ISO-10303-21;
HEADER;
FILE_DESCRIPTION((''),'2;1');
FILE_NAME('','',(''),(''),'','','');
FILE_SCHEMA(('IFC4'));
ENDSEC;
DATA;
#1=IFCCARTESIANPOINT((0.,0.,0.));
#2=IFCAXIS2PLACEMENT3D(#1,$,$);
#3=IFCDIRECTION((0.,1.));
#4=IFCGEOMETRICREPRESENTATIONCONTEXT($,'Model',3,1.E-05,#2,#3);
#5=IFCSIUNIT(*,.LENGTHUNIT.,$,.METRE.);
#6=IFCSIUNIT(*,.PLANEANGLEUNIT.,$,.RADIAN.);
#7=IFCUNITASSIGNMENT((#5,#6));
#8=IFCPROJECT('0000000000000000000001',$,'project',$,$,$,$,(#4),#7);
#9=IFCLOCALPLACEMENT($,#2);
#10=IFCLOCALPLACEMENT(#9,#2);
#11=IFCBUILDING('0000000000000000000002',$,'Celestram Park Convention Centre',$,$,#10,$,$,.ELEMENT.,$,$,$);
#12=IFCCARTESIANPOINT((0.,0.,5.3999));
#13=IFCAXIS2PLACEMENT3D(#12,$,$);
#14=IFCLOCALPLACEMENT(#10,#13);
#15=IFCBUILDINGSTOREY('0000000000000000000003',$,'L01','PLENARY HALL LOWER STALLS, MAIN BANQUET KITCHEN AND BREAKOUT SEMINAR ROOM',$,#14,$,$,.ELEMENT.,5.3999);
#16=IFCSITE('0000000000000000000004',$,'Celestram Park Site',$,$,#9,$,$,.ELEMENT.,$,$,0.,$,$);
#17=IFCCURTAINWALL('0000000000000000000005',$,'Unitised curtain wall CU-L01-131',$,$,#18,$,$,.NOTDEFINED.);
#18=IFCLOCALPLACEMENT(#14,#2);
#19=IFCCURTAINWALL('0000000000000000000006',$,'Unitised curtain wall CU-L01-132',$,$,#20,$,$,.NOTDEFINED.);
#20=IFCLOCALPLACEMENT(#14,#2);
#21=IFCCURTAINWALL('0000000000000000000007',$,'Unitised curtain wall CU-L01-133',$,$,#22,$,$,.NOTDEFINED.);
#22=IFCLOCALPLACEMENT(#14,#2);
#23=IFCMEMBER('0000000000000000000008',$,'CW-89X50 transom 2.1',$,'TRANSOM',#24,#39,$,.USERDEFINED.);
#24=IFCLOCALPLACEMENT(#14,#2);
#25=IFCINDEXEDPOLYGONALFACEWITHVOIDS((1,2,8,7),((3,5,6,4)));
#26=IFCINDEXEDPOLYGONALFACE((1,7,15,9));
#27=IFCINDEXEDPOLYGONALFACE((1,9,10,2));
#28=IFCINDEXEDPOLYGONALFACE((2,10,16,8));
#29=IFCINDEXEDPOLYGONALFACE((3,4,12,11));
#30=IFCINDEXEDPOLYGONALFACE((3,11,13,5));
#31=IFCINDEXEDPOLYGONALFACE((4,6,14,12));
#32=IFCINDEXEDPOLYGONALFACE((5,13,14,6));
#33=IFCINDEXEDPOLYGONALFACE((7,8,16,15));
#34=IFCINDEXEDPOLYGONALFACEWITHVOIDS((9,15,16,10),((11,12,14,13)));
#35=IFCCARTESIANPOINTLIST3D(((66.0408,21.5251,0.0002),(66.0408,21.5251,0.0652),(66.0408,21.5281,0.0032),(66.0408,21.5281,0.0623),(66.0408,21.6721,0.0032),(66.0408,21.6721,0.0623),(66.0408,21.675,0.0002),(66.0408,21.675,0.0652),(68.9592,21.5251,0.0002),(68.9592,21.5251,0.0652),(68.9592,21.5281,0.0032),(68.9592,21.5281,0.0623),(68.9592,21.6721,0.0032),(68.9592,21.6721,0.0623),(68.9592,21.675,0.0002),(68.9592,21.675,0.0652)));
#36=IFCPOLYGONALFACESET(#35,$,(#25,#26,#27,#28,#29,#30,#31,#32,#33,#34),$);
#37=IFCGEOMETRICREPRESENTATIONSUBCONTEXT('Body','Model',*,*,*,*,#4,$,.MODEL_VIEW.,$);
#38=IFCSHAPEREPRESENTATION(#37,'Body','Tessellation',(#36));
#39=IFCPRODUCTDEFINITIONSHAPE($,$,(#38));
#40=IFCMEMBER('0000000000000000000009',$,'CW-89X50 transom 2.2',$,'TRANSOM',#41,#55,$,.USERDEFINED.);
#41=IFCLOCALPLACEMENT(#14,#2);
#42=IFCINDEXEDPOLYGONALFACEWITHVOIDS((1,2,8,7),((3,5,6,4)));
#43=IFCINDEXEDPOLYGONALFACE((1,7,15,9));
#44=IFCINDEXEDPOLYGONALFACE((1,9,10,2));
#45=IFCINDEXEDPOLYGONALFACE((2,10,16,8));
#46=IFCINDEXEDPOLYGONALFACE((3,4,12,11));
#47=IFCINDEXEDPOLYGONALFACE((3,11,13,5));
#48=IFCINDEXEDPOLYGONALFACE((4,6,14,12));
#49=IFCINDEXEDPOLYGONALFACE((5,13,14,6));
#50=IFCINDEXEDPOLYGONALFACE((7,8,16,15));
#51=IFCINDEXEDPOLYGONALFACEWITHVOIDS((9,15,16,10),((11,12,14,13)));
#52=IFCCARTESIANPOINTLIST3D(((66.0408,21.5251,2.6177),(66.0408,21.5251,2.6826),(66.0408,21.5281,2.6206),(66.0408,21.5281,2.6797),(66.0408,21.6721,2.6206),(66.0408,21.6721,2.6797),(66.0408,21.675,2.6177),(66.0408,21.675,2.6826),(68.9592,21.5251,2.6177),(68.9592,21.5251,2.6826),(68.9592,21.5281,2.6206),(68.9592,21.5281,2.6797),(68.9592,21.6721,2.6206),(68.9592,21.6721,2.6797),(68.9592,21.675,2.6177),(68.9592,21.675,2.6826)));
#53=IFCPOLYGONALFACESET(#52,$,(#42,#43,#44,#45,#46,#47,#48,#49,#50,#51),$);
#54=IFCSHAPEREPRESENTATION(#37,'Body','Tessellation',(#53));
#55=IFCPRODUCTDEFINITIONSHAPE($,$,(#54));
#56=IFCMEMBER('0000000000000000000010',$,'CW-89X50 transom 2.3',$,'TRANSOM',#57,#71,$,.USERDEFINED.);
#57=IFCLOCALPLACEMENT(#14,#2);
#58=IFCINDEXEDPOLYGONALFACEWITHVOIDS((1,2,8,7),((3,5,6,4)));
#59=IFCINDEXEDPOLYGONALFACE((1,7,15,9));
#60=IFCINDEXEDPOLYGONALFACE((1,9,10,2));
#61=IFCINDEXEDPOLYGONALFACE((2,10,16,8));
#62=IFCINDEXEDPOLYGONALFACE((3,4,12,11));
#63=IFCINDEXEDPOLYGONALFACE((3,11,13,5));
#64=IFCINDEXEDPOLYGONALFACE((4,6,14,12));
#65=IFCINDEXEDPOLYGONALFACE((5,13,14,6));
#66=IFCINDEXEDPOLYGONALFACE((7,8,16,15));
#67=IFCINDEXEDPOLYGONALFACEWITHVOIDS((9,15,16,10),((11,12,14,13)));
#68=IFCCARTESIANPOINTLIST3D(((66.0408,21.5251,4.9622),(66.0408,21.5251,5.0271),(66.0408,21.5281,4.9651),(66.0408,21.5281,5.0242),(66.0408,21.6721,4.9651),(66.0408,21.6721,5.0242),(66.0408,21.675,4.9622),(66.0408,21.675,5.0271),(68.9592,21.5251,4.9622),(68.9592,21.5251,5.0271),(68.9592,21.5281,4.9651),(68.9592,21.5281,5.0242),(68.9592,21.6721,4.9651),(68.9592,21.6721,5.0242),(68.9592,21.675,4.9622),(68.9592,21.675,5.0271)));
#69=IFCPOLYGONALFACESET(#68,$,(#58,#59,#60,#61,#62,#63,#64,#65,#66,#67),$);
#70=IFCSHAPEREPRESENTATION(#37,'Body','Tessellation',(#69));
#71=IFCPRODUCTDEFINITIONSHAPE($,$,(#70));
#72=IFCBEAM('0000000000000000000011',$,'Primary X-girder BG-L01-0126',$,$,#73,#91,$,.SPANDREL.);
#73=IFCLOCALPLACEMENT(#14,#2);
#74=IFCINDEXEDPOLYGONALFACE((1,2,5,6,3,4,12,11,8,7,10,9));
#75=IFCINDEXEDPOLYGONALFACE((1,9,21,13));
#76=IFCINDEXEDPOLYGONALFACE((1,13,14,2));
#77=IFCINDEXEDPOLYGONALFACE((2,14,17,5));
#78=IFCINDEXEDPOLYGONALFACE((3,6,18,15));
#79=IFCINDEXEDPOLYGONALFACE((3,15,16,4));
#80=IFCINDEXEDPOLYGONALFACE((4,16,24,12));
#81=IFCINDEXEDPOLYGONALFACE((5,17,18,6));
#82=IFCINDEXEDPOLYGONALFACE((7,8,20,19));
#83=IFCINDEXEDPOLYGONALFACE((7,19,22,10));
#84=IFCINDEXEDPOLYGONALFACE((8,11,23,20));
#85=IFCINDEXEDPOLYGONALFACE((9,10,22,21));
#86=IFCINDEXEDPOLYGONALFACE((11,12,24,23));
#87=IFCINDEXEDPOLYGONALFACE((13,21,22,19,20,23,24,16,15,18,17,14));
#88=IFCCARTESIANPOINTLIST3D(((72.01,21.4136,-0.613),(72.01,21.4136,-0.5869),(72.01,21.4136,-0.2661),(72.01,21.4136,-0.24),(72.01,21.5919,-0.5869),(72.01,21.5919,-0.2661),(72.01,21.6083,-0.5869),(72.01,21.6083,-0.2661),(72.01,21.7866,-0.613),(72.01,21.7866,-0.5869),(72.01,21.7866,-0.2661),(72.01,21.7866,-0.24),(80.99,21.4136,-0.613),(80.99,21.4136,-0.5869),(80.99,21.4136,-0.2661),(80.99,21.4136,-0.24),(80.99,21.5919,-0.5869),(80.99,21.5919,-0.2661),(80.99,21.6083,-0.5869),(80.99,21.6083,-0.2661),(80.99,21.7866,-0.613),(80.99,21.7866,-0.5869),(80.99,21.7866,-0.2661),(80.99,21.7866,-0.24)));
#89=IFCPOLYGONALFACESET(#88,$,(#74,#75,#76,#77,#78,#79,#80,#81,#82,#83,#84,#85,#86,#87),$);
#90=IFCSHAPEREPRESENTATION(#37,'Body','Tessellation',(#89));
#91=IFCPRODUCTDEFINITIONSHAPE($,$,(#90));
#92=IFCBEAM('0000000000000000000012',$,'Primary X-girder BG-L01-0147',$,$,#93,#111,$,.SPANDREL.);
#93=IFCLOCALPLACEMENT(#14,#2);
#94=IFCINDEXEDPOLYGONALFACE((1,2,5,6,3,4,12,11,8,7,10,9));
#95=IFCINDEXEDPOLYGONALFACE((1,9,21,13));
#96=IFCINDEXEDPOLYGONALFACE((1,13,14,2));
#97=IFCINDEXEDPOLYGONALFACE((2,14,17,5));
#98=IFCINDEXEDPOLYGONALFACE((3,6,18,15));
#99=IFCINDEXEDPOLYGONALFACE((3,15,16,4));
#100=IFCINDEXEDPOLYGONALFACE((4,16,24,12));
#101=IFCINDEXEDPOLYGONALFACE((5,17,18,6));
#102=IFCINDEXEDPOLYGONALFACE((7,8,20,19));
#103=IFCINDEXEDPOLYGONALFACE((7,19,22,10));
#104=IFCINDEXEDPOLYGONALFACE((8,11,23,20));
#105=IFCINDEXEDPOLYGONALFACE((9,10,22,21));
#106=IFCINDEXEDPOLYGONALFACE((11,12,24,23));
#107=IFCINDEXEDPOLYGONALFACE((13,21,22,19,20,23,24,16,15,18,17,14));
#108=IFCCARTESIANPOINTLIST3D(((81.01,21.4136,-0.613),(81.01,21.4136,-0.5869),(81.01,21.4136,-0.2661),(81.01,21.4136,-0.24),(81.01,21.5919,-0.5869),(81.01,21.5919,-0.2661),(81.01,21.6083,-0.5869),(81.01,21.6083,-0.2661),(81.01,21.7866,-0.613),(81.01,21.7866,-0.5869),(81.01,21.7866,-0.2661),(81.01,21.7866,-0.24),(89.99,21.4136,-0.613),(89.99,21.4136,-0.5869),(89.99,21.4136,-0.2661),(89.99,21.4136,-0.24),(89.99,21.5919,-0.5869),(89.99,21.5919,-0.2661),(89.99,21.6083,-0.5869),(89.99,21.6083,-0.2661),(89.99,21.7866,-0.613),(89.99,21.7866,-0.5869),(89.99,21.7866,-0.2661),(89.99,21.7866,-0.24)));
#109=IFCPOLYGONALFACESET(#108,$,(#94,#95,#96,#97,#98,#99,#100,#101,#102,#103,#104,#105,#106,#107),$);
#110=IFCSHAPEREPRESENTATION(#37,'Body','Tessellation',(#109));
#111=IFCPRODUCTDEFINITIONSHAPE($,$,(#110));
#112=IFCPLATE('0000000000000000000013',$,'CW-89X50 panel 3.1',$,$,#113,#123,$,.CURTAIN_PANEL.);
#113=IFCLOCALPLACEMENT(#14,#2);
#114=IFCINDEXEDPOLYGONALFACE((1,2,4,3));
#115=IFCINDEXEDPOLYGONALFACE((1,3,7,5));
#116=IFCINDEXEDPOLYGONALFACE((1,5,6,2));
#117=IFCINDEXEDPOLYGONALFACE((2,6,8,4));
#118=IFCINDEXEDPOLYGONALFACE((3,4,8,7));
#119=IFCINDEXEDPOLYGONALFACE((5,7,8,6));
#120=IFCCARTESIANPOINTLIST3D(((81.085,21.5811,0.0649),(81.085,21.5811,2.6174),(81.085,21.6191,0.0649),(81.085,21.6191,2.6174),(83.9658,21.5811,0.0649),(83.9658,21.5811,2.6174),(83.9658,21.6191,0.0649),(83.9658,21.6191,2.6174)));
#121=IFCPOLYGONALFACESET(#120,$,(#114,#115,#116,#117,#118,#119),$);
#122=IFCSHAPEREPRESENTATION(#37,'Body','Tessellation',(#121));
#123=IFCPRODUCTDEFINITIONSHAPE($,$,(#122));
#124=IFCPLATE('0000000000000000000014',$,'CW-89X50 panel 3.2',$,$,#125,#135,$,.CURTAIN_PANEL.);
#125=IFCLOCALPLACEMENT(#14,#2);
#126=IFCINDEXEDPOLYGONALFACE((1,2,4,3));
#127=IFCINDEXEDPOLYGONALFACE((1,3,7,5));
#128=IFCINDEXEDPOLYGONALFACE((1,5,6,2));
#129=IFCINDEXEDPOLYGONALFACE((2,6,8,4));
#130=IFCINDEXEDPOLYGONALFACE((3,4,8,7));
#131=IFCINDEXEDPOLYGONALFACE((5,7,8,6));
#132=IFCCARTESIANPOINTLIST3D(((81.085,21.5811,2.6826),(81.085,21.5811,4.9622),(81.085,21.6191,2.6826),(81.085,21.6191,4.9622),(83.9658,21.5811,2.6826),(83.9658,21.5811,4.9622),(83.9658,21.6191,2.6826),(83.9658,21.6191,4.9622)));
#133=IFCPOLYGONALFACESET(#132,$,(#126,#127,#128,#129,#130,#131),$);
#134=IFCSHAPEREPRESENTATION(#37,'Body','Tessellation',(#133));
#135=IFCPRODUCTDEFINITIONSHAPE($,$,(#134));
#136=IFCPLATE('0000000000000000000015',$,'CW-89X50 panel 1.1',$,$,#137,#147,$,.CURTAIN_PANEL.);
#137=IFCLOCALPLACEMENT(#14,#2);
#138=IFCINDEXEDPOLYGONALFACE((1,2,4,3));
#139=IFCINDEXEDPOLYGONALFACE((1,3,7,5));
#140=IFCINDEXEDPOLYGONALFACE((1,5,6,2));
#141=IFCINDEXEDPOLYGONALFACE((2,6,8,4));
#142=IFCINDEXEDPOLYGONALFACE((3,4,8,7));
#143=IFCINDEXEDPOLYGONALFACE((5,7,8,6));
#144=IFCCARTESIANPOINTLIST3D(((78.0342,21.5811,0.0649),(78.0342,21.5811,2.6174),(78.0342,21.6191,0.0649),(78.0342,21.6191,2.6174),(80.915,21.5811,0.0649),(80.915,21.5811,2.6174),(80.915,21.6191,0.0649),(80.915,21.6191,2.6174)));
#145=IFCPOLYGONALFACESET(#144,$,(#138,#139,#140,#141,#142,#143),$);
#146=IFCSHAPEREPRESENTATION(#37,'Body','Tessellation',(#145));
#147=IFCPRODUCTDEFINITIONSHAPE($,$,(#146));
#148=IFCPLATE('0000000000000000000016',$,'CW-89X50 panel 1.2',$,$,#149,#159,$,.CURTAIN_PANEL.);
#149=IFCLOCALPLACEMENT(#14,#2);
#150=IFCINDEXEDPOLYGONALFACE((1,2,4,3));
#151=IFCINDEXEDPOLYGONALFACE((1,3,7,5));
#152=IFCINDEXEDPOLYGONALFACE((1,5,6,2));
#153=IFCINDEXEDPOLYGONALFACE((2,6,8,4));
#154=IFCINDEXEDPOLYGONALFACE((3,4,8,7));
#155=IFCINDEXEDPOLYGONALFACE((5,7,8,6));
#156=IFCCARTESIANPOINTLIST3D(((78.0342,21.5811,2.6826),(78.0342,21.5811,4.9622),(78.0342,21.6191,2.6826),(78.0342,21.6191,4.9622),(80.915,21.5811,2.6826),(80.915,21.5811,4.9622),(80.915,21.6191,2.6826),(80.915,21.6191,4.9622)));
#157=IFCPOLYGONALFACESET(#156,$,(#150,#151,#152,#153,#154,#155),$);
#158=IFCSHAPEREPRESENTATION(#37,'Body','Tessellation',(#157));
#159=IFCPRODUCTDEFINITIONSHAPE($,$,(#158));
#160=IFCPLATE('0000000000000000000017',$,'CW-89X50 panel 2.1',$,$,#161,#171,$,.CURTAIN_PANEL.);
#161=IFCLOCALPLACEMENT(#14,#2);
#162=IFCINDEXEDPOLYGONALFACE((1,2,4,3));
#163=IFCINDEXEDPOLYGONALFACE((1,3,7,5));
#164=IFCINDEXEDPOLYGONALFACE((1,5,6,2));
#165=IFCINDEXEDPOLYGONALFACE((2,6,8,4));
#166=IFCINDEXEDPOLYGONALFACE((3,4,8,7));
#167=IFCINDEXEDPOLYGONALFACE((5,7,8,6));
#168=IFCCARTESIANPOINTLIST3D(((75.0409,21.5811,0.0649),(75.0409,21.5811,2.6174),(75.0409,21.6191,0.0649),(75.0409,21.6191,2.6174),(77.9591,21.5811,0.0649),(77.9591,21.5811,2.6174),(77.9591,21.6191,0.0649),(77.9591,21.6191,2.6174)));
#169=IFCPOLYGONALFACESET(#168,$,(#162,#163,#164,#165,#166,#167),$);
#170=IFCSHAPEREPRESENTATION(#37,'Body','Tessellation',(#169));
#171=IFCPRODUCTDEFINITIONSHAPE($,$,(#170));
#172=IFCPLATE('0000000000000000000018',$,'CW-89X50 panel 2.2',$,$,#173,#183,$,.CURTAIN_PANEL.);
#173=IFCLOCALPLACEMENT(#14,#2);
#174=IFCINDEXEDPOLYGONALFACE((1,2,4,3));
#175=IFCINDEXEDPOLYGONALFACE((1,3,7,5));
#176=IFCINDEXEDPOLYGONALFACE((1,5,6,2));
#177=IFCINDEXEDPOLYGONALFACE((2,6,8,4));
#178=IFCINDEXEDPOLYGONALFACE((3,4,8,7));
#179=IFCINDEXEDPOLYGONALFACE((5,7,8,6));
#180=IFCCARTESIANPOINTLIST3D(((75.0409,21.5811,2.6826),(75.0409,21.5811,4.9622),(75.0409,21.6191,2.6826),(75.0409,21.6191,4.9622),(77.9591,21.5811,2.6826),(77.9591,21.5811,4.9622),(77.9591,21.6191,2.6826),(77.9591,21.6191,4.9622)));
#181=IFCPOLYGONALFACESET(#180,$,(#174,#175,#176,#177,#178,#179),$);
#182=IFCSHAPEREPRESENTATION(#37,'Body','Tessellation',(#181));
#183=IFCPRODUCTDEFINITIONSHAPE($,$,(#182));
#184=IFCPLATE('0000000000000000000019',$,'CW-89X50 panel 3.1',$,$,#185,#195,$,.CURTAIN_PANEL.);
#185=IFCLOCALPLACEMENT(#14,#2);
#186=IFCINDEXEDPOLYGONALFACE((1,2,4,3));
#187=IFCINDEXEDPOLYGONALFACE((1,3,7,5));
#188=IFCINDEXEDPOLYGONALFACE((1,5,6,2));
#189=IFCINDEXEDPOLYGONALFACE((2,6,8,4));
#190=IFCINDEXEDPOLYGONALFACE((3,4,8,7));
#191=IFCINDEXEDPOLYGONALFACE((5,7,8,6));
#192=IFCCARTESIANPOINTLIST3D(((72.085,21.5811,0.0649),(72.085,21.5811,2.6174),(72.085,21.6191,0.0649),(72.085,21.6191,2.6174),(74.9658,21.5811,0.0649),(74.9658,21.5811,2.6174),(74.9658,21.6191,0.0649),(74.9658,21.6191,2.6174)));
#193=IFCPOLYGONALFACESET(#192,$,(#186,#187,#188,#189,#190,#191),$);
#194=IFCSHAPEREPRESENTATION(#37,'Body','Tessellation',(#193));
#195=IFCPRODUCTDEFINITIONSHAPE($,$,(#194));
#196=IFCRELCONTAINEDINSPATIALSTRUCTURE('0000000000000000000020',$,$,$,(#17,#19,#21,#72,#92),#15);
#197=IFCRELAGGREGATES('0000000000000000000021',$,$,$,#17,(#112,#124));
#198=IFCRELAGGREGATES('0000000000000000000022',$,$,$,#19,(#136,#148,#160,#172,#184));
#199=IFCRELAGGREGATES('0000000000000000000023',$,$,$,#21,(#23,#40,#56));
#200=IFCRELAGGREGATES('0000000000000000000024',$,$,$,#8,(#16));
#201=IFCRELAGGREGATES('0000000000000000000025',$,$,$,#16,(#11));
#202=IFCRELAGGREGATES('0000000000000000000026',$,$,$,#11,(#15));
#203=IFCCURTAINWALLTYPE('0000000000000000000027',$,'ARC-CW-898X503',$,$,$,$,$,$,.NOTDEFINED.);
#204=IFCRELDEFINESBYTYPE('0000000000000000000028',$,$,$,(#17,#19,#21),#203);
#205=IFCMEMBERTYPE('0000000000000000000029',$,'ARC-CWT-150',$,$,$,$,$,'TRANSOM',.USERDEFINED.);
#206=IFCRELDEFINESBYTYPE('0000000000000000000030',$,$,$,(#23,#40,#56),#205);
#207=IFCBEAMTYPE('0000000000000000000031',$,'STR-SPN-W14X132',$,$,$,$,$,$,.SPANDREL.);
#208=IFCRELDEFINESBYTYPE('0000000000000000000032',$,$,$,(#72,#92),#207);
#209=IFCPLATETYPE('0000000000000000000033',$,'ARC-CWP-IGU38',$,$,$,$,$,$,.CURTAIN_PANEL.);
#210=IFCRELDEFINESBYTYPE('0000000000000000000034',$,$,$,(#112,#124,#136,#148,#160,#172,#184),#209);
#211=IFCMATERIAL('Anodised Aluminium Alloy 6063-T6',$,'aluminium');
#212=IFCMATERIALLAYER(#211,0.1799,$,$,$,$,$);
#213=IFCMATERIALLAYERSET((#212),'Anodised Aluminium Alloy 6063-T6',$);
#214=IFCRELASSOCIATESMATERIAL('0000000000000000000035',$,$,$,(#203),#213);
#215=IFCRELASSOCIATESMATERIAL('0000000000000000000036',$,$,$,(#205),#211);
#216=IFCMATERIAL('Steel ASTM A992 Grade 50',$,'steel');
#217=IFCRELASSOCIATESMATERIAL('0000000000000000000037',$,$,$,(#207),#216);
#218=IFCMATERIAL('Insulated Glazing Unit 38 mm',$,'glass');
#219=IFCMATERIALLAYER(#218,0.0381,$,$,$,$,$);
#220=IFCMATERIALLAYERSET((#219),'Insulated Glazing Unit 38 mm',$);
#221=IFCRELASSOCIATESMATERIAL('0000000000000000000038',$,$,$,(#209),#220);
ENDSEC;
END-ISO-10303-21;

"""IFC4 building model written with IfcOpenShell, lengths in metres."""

from ifc_helpers import new_model, si_unit, direction, frame, origin, origin_2d, place, context, subcontext, project, spatial, rectangle, hollow_rectangle, i_section, extrude, material, layer, layer_set, material_profile, profile_set, type_object, element, aggregate, save


model = new_model("IFC4")

# Units and contexts
model_context = context("Model", 3, precision=1e-05, world=origin(), true_north=direction((0.0, 1.0)))
body_context = subcontext(model_context, "Body", "Model", "MODEL_VIEW")
ifc_project = project(units=[si_unit("LENGTHUNIT", "METRE"), si_unit("PLANEANGLEUNIT", "RADIAN")], contexts=[model_context])

# Site, building, storey
site_placement = place(None, origin())
site = spatial("IfcSite", under=ifc_project, at=site_placement, Name="Celestram Park Site", CompositionType="ELEMENT", RefElevation=0.0)
building_placement = place(site_placement, origin())
building = spatial("IfcBuilding", under=site, at=building_placement, Name="Celestram Park Convention Centre", CompositionType="ELEMENT")
storey_placement = place(building_placement, frame((0.0, 0.0, 5.3999)))
storey = spatial("IfcBuildingStorey", under=building, at=storey_placement, Name="L01", Description="PLENARY HALL LOWER STALLS, MAIN BANQUET KITCHEN AND BREAKOUT SEMINAR ROOM", CompositionType="ELEMENT", Elevation=5.3999)

# Shared definitions
ifc_material_1 = material(Name="Steel ASTM A992 Grade 50", Category="steel")

# Curtain wall
ifc_material_2 = material(Name="Anodised Aluminium Alloy 6063-T6", Category="aluminium")
ifc_layer_1 = layer(ifc_material_2, 0.1799)
ifc_layer_set_1 = layer_set([ifc_layer_1], Name="Anodised Aluminium Alloy 6063-T6")
curtain_wall_type = type_object("IfcCurtainWallType", Name="ARC-CW-898X503", PredefinedType="NOTDEFINED", material=ifc_layer_set_1)
curtain_wall_1_placement = place(storey_placement, origin())
curtain_wall_1 = element("IfcCurtainWall", 1, at=curtain_wall_1_placement, inside=storey, type_object=curtain_wall_type, Name="Unitised curtain wall CU-L01-131", PredefinedType="NOTDEFINED")

# Curtain walls
curtain_wall_2_placement = place(storey_placement, origin())
curtain_wall_2 = element("IfcCurtainWall", 2, at=curtain_wall_2_placement, inside=storey, type_object=curtain_wall_type, Name="Unitised curtain wall CU-L01-132", PredefinedType="NOTDEFINED")
curtain_wall_3_placement = place(storey_placement, origin())
curtain_wall_3 = element("IfcCurtainWall", 3, at=curtain_wall_3_placement, inside=storey, type_object=curtain_wall_type, Name="Unitised curtain wall CU-L01-133", PredefinedType="NOTDEFINED")

# Members
ifc_material_profile_1 = material_profile(ifc_material_2, hollow_rectangle(XDim=0.1499, YDim=0.0649, WallThickness=0.0029, at=origin_2d()), Name="ALU150X65X3")
ifc_profile_set_1 = profile_set([ifc_material_profile_1], Name="Anodised Aluminium Alloy 6063-T6")
member_type_1 = type_object("IfcMemberType", Name="ARC-CWT-150", ElementType="TRANSOM", PredefinedType="USERDEFINED", material=ifc_profile_set_1)
member_1_placement = place(storey_placement, frame((68.9592, 21.6001, 0.0327), z_axis=(-1.0, 0.0, 0.0), x_axis=(0.0, -1.0, 0.0)))
member_1 = element("IfcMember", 4, at=member_1_placement, type_object=member_type_1, Name="CW-89X50 transom 2.1", ObjectType="TRANSOM", PredefinedType="USERDEFINED", context=body_context, shape_type="SweptSolid", body=[
    extrude(hollow_rectangle(XDim=0.1499, YDim=0.0649, WallThickness=0.0029, at=origin_2d()), origin(), (0.0, 0.0, 1.0), 2.9185),
])
member_2_placement = place(storey_placement, frame((68.9592, 21.6001, 2.6501), z_axis=(-1.0, 0.0, 0.0), x_axis=(0.0, -1.0, 0.0)))
member_2 = element("IfcMember", 5, at=member_2_placement, type_object=member_type_1, Name="CW-89X50 transom 2.2", ObjectType="TRANSOM", PredefinedType="USERDEFINED", context=body_context, shape_type="SweptSolid", body=[
    extrude(hollow_rectangle(XDim=0.1499, YDim=0.0649, WallThickness=0.0029, at=origin_2d()), origin(), (0.0, 0.0, 1.0), 2.9185),
])
member_3_placement = place(storey_placement, frame((68.9592, 21.6001, 4.9946), z_axis=(-1.0, 0.0, 0.0), x_axis=(0.0, -1.0, 0.0)))
member_3 = element("IfcMember", 6, at=member_3_placement, type_object=member_type_1, Name="CW-89X50 transom 2.3", ObjectType="TRANSOM", PredefinedType="USERDEFINED", context=body_context, shape_type="SweptSolid", body=[
    extrude(hollow_rectangle(XDim=0.1499, YDim=0.0649, WallThickness=0.0029, at=origin_2d()), origin(), (0.0, 0.0, 1.0), 2.9185),
])

# Beams
ifc_material_profile_2 = material_profile(ifc_material_1, i_section(OverallWidth=0.373, OverallDepth=0.373, WebThickness=0.0164, FlangeThickness=0.0261, at=origin_2d()), Name="W14X132")
ifc_profile_set_2 = profile_set([ifc_material_profile_2], Name="Steel ASTM A992 Grade 50")
beam_type = type_object("IfcBeamType", Name="STR-SPN-W14X132", PredefinedType="SPANDREL", material=ifc_profile_set_2)
for number, where, z_axis, x_axis, name in (
    (7, (72.01, 21.6001, -0.4265), (1.0, 0.0, 0.0), (0.0, 1.0, 0.0), "Primary X-girder BG-L01-0126"),
    (8, (81.01, 21.6001, -0.4265), (1.0, 0.0, 0.0), (0.0, 1.0, 0.0), "Primary X-girder BG-L01-0147"),
):
    element("IfcBeam", number, at=place(storey_placement, frame(where, z_axis=z_axis, x_axis=x_axis)), inside=storey, type_object=beam_type, Name=name, PredefinedType="SPANDREL", context=body_context, shape_type="SweptSolid", body=[
        extrude(i_section(OverallWidth=0.373, OverallDepth=0.373, WebThickness=0.0164, FlangeThickness=0.0261, at=origin_2d()), origin(), (0.0, 0.0, 1.0), 8.98),
    ])

# Plates
ifc_material_3 = material(Name="Insulated Glazing Unit 38 mm", Category="glass")
ifc_layer_2 = layer(ifc_material_3, 0.0381)
ifc_layer_set_2 = layer_set([ifc_layer_2], Name="Insulated Glazing Unit 38 mm")
plate_type = type_object("IfcPlateType", Name="ARC-CWP-IGU38", PredefinedType="CURTAIN_PANEL", material=ifc_layer_set_2)
plate_1_placement = place(storey_placement, frame((82.5254, 21.6001, 0.0649), z_axis=(0.0, 0.0, 1.0), x_axis=(-1.0, 0.0, 0.0)))
plate_1 = element("IfcPlate", 9, at=plate_1_placement, type_object=plate_type, Name="CW-89X50 panel 3.1", PredefinedType="CURTAIN_PANEL", context=body_context, shape_type="SweptSolid", body=[
    extrude(rectangle(XDim=2.8809, YDim=0.0381, at=origin_2d()), origin(), (0.0, 0.0, 1.0), 2.5525),
])
plate_2_placement = place(storey_placement, frame((82.5254, 21.6001, 2.6826), z_axis=(0.0, 0.0, 1.0), x_axis=(-1.0, 0.0, 0.0)))
plate_2 = element("IfcPlate", 10, at=plate_2_placement, type_object=plate_type, Name="CW-89X50 panel 3.2", PredefinedType="CURTAIN_PANEL", context=body_context, shape_type="SweptSolid", body=[
    extrude(rectangle(XDim=2.8809, YDim=0.0381, at=origin_2d()), origin(), (0.0, 0.0, 1.0), 2.2795),
])
aggregate(curtain_wall_1, [plate_1, plate_2])
plate_3_placement = place(storey_placement, frame((79.4746, 21.6001, 0.0649), z_axis=(0.0, 0.0, 1.0), x_axis=(-1.0, 0.0, 0.0)))
plate_3 = element("IfcPlate", 11, at=plate_3_placement, type_object=plate_type, Name="CW-89X50 panel 1.1", PredefinedType="CURTAIN_PANEL", context=body_context, shape_type="SweptSolid", body=[
    extrude(rectangle(XDim=2.8809, YDim=0.0381, at=origin_2d()), origin(), (0.0, 0.0, 1.0), 2.5525),
])
plate_4_placement = place(storey_placement, frame((79.4746, 21.6001, 2.6826), z_axis=(0.0, 0.0, 1.0), x_axis=(-1.0, 0.0, 0.0)))
plate_4 = element("IfcPlate", 12, at=plate_4_placement, type_object=plate_type, Name="CW-89X50 panel 1.2", PredefinedType="CURTAIN_PANEL", context=body_context, shape_type="SweptSolid", body=[
    extrude(rectangle(XDim=2.8809, YDim=0.0381, at=origin_2d()), origin(), (0.0, 0.0, 1.0), 2.2795),
])
plate_5_placement = place(storey_placement, frame((76.5, 21.6001, 0.0649), z_axis=(0.0, 0.0, 1.0), x_axis=(-1.0, 0.0, 0.0)))
plate_5 = element("IfcPlate", 13, at=plate_5_placement, type_object=plate_type, Name="CW-89X50 panel 2.1", PredefinedType="CURTAIN_PANEL", context=body_context, shape_type="SweptSolid", body=[
    extrude(rectangle(XDim=2.9182, YDim=0.0381, at=origin_2d()), origin(), (0.0, 0.0, 1.0), 2.5525),
])
plate_6_placement = place(storey_placement, frame((76.5, 21.6001, 2.6826), z_axis=(0.0, 0.0, 1.0), x_axis=(-1.0, 0.0, 0.0)))
plate_6 = element("IfcPlate", 14, at=plate_6_placement, type_object=plate_type, Name="CW-89X50 panel 2.2", PredefinedType="CURTAIN_PANEL", context=body_context, shape_type="SweptSolid", body=[
    extrude(rectangle(XDim=2.9182, YDim=0.0381, at=origin_2d()), origin(), (0.0, 0.0, 1.0), 2.2795),
])
plate_7_placement = place(storey_placement, frame((73.5254, 21.6001, 0.0649), z_axis=(0.0, 0.0, 1.0), x_axis=(-1.0, 0.0, 0.0)))
plate_7 = element("IfcPlate", 15, at=plate_7_placement, type_object=plate_type, Name="CW-89X50 panel 3.1", PredefinedType="CURTAIN_PANEL", context=body_context, shape_type="SweptSolid", body=[
    extrude(rectangle(XDim=2.8809, YDim=0.0381, at=origin_2d()), origin(), (0.0, 0.0, 1.0), 2.5525),
])
aggregate(curtain_wall_2, [plate_3, plate_4, plate_5, plate_6, plate_7])
aggregate(curtain_wall_3, [member_1, member_2, member_3])

save(model, "model.ifc")
